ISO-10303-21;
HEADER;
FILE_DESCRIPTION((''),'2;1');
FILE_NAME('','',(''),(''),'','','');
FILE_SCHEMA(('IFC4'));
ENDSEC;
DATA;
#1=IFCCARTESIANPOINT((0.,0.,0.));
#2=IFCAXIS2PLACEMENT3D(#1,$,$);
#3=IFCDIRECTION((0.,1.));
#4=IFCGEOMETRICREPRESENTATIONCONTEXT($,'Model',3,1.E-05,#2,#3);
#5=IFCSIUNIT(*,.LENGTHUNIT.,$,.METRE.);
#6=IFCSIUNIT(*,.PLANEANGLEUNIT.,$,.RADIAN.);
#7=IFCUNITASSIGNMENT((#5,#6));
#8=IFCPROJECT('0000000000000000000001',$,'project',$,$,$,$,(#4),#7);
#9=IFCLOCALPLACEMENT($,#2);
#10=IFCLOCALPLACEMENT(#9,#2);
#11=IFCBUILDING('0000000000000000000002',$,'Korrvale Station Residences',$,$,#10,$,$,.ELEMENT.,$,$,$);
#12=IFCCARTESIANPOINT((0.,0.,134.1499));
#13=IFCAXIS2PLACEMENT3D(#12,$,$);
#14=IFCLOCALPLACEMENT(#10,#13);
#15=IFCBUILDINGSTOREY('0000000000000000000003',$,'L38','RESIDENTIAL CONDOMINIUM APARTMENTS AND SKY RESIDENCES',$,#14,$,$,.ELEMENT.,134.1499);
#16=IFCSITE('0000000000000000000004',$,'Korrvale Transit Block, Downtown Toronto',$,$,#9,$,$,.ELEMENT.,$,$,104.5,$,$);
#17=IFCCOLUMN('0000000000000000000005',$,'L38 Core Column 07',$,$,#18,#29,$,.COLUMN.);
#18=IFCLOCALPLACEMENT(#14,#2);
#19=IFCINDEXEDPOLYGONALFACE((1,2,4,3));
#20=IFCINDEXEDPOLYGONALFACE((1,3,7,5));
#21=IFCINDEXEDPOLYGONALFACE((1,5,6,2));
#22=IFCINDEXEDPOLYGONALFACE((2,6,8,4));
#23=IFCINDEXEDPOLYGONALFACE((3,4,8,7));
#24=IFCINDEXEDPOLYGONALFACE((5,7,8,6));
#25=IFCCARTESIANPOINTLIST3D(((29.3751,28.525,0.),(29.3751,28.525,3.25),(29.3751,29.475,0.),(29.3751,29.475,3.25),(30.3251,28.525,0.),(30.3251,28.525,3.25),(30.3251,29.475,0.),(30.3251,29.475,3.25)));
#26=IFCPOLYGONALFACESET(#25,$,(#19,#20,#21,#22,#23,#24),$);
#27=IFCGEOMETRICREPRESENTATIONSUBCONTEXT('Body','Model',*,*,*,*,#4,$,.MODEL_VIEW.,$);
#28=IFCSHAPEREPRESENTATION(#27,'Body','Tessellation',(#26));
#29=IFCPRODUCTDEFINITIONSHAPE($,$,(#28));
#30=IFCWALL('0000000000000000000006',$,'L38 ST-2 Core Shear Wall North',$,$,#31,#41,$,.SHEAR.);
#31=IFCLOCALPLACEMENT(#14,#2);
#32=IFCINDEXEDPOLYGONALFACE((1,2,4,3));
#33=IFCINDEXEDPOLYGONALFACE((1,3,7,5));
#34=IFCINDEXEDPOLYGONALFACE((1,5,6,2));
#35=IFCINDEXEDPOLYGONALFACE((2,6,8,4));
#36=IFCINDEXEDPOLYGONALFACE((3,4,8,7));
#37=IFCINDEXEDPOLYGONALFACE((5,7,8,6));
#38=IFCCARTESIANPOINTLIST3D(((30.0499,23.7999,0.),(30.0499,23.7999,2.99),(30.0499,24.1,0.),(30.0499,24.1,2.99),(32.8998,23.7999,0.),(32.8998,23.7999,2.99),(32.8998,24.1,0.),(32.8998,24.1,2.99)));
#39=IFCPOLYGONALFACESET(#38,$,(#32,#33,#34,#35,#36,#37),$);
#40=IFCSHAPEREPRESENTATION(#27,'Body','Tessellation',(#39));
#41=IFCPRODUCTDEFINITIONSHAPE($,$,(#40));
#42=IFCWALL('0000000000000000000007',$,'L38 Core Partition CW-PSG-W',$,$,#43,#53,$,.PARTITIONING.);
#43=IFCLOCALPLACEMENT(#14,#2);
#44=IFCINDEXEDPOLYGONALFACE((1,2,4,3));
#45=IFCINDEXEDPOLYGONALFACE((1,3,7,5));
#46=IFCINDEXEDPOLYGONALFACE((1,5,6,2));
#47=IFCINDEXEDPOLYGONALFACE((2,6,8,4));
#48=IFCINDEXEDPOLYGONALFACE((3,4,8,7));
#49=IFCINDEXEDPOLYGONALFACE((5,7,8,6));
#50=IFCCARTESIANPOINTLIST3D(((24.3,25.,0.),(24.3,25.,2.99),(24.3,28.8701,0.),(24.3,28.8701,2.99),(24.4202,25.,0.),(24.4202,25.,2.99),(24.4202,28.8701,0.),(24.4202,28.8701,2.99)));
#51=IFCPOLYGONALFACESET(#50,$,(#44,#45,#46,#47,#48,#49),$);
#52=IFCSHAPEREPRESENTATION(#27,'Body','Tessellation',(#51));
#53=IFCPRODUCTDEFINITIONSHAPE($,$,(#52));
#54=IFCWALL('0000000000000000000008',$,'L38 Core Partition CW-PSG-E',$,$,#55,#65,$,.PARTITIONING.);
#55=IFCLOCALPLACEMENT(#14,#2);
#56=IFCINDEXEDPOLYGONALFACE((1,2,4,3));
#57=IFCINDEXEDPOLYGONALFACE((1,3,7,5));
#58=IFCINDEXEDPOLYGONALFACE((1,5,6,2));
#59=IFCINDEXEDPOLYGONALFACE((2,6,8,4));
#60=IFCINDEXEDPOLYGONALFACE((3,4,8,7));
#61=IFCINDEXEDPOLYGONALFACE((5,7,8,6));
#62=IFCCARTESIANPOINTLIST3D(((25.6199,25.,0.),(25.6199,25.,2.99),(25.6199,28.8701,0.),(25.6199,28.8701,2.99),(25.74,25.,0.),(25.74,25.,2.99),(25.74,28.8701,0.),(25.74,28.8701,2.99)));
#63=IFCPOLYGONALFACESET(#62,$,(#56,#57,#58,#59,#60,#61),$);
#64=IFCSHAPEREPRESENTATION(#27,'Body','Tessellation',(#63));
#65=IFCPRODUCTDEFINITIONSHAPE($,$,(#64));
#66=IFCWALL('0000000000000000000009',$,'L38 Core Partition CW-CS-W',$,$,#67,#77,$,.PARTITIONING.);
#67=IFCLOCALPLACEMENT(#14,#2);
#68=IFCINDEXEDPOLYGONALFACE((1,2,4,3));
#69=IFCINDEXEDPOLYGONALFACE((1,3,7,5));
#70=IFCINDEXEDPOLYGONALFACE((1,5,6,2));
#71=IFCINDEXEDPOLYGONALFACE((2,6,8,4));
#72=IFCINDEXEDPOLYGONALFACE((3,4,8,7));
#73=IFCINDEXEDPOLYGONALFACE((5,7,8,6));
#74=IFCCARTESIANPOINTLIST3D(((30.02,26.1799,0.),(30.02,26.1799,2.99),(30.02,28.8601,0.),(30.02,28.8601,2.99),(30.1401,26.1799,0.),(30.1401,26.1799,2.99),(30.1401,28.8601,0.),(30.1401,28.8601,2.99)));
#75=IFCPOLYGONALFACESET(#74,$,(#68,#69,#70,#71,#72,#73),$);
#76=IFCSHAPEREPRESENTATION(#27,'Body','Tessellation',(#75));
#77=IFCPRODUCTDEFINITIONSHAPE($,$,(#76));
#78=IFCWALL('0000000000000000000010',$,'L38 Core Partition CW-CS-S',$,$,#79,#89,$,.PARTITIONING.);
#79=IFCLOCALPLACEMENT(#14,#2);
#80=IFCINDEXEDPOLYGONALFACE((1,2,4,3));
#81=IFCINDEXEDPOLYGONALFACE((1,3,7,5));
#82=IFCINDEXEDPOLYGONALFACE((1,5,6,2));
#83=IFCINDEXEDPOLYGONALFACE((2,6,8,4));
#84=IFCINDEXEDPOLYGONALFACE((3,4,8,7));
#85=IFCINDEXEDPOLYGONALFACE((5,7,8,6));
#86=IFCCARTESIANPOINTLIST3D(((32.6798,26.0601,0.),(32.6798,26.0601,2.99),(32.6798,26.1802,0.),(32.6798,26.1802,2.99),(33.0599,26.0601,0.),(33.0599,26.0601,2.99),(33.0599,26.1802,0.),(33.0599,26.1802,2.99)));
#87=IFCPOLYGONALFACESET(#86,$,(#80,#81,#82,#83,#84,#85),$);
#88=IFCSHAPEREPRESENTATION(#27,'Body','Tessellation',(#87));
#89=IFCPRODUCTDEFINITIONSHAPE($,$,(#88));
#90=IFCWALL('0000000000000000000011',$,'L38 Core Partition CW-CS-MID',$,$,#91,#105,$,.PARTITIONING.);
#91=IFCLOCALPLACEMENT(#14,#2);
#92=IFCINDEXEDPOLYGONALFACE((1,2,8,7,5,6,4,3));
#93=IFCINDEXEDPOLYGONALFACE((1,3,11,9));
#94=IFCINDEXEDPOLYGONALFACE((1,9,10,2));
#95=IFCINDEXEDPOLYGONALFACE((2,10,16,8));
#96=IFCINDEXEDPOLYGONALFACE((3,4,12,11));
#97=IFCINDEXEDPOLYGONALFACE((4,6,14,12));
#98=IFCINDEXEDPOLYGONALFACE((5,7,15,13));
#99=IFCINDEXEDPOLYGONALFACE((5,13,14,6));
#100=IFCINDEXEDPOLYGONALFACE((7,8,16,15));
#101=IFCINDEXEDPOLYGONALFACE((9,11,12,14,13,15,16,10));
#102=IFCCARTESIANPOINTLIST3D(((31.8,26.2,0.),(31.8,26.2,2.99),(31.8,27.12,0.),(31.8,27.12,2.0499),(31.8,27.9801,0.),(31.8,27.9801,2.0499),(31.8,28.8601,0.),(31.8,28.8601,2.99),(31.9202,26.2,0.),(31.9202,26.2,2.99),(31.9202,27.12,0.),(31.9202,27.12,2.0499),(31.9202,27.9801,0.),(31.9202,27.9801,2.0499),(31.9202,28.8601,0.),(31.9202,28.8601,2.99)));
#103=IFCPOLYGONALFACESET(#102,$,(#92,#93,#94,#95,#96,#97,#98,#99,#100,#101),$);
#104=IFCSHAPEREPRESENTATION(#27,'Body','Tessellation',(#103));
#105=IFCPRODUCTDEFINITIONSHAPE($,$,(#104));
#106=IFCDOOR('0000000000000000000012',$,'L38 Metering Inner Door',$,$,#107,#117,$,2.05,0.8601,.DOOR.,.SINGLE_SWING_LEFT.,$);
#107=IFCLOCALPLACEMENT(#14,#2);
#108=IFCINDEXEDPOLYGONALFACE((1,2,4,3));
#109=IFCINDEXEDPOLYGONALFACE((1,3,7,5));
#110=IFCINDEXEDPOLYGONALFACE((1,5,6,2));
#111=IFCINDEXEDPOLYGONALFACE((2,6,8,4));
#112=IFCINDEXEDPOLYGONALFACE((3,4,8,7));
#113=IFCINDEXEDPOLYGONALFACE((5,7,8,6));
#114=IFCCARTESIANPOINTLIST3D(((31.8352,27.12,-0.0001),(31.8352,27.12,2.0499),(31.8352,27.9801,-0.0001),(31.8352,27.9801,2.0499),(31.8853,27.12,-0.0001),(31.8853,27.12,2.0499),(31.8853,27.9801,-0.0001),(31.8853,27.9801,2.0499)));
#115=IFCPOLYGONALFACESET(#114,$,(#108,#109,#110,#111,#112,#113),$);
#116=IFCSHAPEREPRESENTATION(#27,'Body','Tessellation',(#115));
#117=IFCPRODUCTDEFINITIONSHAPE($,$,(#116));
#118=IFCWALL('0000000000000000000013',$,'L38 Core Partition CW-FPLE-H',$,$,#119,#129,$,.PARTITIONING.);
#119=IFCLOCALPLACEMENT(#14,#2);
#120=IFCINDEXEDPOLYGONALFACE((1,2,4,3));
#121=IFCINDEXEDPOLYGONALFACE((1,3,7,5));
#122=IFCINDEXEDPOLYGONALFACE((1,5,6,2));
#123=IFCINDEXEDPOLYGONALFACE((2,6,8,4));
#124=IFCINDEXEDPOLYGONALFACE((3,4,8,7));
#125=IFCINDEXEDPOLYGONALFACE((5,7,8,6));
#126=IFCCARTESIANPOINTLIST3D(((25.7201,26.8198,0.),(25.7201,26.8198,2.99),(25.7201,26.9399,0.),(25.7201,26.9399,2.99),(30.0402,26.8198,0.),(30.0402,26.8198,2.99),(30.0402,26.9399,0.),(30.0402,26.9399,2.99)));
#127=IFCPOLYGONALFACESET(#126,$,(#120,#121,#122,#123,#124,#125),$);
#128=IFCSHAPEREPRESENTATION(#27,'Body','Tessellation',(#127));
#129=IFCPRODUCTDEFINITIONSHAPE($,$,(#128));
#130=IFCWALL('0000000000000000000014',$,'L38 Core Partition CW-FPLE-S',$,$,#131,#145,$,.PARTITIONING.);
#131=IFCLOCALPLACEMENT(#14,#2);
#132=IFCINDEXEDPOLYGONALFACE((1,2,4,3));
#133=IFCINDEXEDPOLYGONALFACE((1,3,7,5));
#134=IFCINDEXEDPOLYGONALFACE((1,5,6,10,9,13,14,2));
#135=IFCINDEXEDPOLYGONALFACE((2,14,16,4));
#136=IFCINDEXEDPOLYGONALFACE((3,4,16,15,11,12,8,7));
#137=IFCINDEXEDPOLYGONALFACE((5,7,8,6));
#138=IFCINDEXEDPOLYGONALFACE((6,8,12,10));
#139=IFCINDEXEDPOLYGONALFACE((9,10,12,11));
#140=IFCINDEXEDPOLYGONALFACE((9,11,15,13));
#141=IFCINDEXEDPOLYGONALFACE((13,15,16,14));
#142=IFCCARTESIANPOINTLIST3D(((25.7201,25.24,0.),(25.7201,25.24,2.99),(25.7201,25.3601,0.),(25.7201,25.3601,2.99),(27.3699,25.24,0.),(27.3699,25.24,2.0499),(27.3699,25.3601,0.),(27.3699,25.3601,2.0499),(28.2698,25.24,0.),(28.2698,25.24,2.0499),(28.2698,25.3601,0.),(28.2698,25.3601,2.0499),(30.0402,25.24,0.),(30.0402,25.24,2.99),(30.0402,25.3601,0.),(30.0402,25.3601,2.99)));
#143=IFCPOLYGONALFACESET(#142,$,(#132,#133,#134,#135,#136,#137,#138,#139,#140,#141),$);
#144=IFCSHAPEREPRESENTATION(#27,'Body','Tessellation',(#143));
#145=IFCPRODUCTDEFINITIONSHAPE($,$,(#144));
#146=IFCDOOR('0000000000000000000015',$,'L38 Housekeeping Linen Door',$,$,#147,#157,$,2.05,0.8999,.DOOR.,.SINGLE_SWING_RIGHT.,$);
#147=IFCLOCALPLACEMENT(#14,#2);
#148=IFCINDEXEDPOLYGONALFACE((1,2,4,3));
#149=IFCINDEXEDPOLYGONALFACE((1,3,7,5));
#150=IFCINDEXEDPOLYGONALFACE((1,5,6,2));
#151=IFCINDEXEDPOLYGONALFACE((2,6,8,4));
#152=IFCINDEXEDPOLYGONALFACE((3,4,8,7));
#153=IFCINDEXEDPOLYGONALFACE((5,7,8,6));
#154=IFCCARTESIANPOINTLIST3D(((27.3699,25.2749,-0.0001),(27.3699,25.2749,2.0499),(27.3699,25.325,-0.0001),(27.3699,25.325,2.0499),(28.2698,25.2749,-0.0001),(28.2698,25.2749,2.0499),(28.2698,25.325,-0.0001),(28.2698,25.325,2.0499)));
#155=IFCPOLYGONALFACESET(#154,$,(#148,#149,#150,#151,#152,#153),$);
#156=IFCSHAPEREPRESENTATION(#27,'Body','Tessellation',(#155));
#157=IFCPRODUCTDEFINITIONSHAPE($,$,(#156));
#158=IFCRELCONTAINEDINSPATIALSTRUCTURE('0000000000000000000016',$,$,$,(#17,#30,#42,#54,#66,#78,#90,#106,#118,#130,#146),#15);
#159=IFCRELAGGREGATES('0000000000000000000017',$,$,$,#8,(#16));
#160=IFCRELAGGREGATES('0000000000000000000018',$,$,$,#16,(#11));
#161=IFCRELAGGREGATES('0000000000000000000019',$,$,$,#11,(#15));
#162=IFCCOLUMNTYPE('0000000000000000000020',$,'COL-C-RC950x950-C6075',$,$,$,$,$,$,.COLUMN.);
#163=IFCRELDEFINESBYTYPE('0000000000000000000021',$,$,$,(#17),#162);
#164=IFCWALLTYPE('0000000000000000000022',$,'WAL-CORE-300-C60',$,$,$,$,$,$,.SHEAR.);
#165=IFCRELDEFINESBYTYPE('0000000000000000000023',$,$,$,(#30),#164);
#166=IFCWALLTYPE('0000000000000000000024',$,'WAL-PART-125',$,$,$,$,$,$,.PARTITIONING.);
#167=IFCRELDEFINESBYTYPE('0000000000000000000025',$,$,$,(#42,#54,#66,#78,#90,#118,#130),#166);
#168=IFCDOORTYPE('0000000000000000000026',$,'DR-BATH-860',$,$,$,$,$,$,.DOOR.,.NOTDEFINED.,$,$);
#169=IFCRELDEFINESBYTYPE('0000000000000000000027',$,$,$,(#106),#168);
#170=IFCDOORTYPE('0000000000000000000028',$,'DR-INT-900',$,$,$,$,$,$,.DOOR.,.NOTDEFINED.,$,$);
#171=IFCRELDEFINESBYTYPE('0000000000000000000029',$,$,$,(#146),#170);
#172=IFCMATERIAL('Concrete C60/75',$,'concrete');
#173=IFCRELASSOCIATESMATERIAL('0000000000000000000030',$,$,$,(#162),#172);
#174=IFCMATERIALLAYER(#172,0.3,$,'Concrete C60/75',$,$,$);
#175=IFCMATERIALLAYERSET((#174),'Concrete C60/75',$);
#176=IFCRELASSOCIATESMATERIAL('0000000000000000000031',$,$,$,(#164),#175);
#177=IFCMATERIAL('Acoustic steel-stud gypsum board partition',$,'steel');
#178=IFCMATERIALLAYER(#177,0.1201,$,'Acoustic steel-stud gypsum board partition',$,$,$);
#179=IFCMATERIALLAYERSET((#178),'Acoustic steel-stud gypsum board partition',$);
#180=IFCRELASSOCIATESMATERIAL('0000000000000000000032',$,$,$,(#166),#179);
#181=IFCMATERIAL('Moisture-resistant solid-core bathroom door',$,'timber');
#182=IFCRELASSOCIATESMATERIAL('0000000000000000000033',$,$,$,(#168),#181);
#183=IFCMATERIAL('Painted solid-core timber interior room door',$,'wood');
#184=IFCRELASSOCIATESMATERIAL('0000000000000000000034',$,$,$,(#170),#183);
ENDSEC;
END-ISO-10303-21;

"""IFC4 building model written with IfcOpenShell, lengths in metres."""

from ifc_helpers import new_model, si_unit, direction, frame, frame_2d, origin, origin_2d, place, context, subcontext, project, spatial, rectangle, extrude, material, layer, layer_set, material_profile, profile_set, type_object, element, fill, save


model = new_model("IFC4")

# Units and contexts
model_context = context("Model", 3, precision=1e-05, world=origin(), true_north=direction((0.0, 1.0)))
body_context = subcontext(model_context, "Body", "Model", "MODEL_VIEW")
ifc_project = project(units=[si_unit("LENGTHUNIT", "METRE"), si_unit("PLANEANGLEUNIT", "RADIAN")], contexts=[model_context])

# Site, building, storey
site_placement = place(None, origin())
site = spatial("IfcSite", under=ifc_project, at=site_placement, Name="Korrvale Transit Block, Downtown Toronto", CompositionType="ELEMENT", RefElevation=104.5)
building_placement = place(site_placement, origin())
building = spatial("IfcBuilding", under=site, at=building_placement, Name="Korrvale Station Residences", CompositionType="ELEMENT")
storey_placement = place(building_placement, frame((0.0, 0.0, 134.1499)))
storey = spatial("IfcBuildingStorey", under=building, at=storey_placement, Name="L38", Description="RESIDENTIAL CONDOMINIUM APARTMENTS AND SKY RESIDENCES", CompositionType="ELEMENT", Elevation=134.1499)

# Column
ifc_material_1 = material(Name="Concrete C60/75", Category="concrete")
ifc_material_profile = material_profile(ifc_material_1, rectangle(XDim=0.95, YDim=0.95, at=origin_2d()), Name="RC950x950")
ifc_profile_set = profile_set([ifc_material_profile], Name="Concrete C60/75")
column_type = type_object("IfcColumnType", Name="COL-C-RC950x950-C6075", PredefinedType="COLUMN", material=ifc_profile_set)
column_placement = place(storey_placement, frame((29.8501, 29.0, 0.0), z_axis=(0.0, 0.0, 1.0), x_axis=(1.0, 0.0, 0.0)))
element("IfcColumn", 1, at=column_placement, inside=storey, type_object=column_type, Name="L38 Core Column 07", PredefinedType="COLUMN", context=body_context, shape_type="SweptSolid", body=[
    extrude(rectangle(XDim=0.95, YDim=0.95, at=origin_2d()), origin(), (0.0, 0.0, 1.0), 3.25),
])

# Walls
ifc_layer_1 = layer(ifc_material_1, 0.3, Name="Concrete C60/75")
ifc_layer_set_1 = layer_set([ifc_layer_1], Name="Concrete C60/75")
wall_type_1 = type_object("IfcWallType", Name="WAL-CORE-300-C60", PredefinedType="SHEAR", material=ifc_layer_set_1)
wall_1_placement = place(storey_placement, frame((30.05, 23.95, 0.0), z_axis=(0.0, 0.0, 1.0), x_axis=(1.0, 0.0, 0.0)))
element("IfcWall", 2, at=wall_1_placement, inside=storey, type_object=wall_type_1, Name="L38 ST-2 Core Shear Wall North", PredefinedType="SHEAR", context=body_context, shape_type="SweptSolid", body=[
    extrude(rectangle(XDim=2.8499, YDim=0.3, at=frame_2d((1.4248, 0.0))), origin(), (0.0, 0.0, 1.0), 2.99),
])
ifc_material_2 = material(Name="Acoustic steel-stud gypsum board partition", Category="steel")
ifc_layer_2 = layer(ifc_material_2, 0.1201, Name="Acoustic steel-stud gypsum board partition")
ifc_layer_set_2 = layer_set([ifc_layer_2], Name="Acoustic steel-stud gypsum board partition")
wall_type_2 = type_object("IfcWallType", Name="WAL-PART-125", PredefinedType="PARTITIONING", material=ifc_layer_set_2)
for number, where, z_axis, x_axis, name in (
    (3, (24.3601, 25.0, 0.0), (0.0, 0.0, 1.0), (0.0, 1.0, 0.0), "L38 Core Partition CW-PSG-W"),
    (4, (25.6799, 25.0, 0.0), (0.0, 0.0, 1.0), (0.0, 1.0, 0.0), "L38 Core Partition CW-PSG-E"),
):
    element("IfcWall", number, at=place(storey_placement, frame(where, z_axis=z_axis, x_axis=x_axis)), inside=storey, type_object=wall_type_2, Name=name, PredefinedType="PARTITIONING", context=body_context, shape_type="SweptSolid", body=[
        extrude(rectangle(XDim=3.8701, YDim=0.1201, at=frame_2d((1.9351, 0.0))), origin(), (0.0, 0.0, 1.0), 2.99),
    ])
wall_2_placement = place(storey_placement, frame((30.0801, 26.1799, 0.0), z_axis=(0.0, 0.0, 1.0), x_axis=(0.0, 1.0, 0.0)))
element("IfcWall", 5, at=wall_2_placement, inside=storey, type_object=wall_type_2, Name="L38 Core Partition CW-CS-W", PredefinedType="PARTITIONING", context=body_context, shape_type="SweptSolid", body=[
    extrude(rectangle(XDim=2.6802, YDim=0.1201, at=frame_2d((1.3401, 0.0))), origin(), (0.0, 0.0, 1.0), 2.99),
])
wall_3_placement = place(storey_placement, frame((32.6799, 26.1201, 0.0), z_axis=(0.0, 0.0, 1.0), x_axis=(1.0, 0.0, 0.0)))
element("IfcWall", 6, at=wall_3_placement, inside=storey, type_object=wall_type_2, Name="L38 Core Partition CW-CS-S", PredefinedType="PARTITIONING", context=body_context, shape_type="SweptSolid", body=[
    extrude(rectangle(XDim=0.3801, YDim=0.1201, at=frame_2d((0.1899, 0.0))), origin(), (0.0, 0.0, 1.0), 2.99),
])

# Wall, opening, door
wall_4_placement = place(storey_placement, frame((31.8601, 26.2, 0.0), z_axis=(0.0, 0.0, 1.0), x_axis=(0.0, 1.0, 0.0)))
wall_4 = element("IfcWall", 7, at=wall_4_placement, inside=storey, type_object=wall_type_2, Name="L38 Core Partition CW-CS-MID", PredefinedType="PARTITIONING", context=body_context, shape_type="SweptSolid", body=[
    extrude(rectangle(XDim=2.6602, YDim=0.1201, at=frame_2d((1.3301, 0.0))), origin(), (0.0, 0.0, 1.0), 2.99),
])
opening_1_placement = place(wall_4_placement, frame((0.9199, 0.0, 0.0)))
opening_1 = element("IfcOpeningElement", 8, at=opening_1_placement, cuts=wall_4, PredefinedType="OPENING", context=body_context, shape_type="SweptSolid", body=[
    extrude(rectangle(XDim=0.8601, YDim=2.05, at=frame_2d((0.4302, 1.0249))), frame((0.0, 0.0701, 0.0), z_axis=(0.0, -1.0, 0.0), x_axis=(1.0, 0.0, 0.0)), (0.0, 0.0, 1.0), 0.1401),
])
ifc_material_3 = material(Name="Moisture-resistant solid-core bathroom door", Category="timber")
door_type_1 = type_object("IfcDoorType", Name="DR-BATH-860", OperationType="NOTDEFINED", PredefinedType="DOOR", material=ifc_material_3)
door_1_placement = place(opening_1_placement, origin())
door_1 = element("IfcDoor", 9, at=door_1_placement, inside=storey, type_object=door_type_1, Name="L38 Metering Inner Door", OperationType="SINGLE_SWING_LEFT", OverallHeight=2.05, OverallWidth=0.8601, PredefinedType="DOOR", context=body_context, shape_type="SweptSolid", body=[
    extrude(rectangle(XDim=0.8601, YDim=2.05, at=frame_2d((0.4302, 1.0249))), frame((0.0, 0.0249, 0.0), z_axis=(0.0, -1.0, 0.0), x_axis=(1.0, 0.0, 0.0)), (0.0, 0.0, 1.0), 0.05),
])
fill(opening_1, door_1)

# Wall
wall_5_placement = place(storey_placement, frame((25.72, 26.8799, 0.0), z_axis=(0.0, 0.0, 1.0), x_axis=(1.0, 0.0, 0.0)))
element("IfcWall", 10, at=wall_5_placement, inside=storey, type_object=wall_type_2, Name="L38 Core Partition CW-FPLE-H", PredefinedType="PARTITIONING", context=body_context, shape_type="SweptSolid", body=[
    extrude(rectangle(XDim=4.3201, YDim=0.1201, at=frame_2d((2.1602, 0.0))), origin(), (0.0, 0.0, 1.0), 2.99),
])

# Wall, opening, door
wall_6_placement = place(storey_placement, frame((25.72, 25.3, 0.0), z_axis=(0.0, 0.0, 1.0), x_axis=(1.0, 0.0, 0.0)))
wall_6 = element("IfcWall", 11, at=wall_6_placement, inside=storey, type_object=wall_type_2, Name="L38 Core Partition CW-FPLE-S", PredefinedType="PARTITIONING", context=body_context, shape_type="SweptSolid", body=[
    extrude(rectangle(XDim=4.3201, YDim=0.1201, at=frame_2d((2.1602, 0.0))), origin(), (0.0, 0.0, 1.0), 2.99),
])
opening_2_placement = place(wall_6_placement, frame((1.6499, 0.0, 0.0)))
opening_2 = element("IfcOpeningElement", 12, at=opening_2_placement, cuts=wall_6, PredefinedType="OPENING", context=body_context, shape_type="SweptSolid", body=[
    extrude(rectangle(XDim=0.8999, YDim=2.05, at=frame_2d((0.45, 1.0249))), frame((0.0, 0.0701, 0.0), z_axis=(0.0, -1.0, 0.0), x_axis=(1.0, 0.0, 0.0)), (0.0, 0.0, 1.0), 0.1401),
])
ifc_material_4 = material(Name="Painted solid-core timber interior room door", Category="wood")
door_type_2 = type_object("IfcDoorType", Name="DR-INT-900", OperationType="NOTDEFINED", PredefinedType="DOOR", material=ifc_material_4)
door_2_placement = place(opening_2_placement, origin())
door_2 = element("IfcDoor", 13, at=door_2_placement, inside=storey, type_object=door_type_2, Name="L38 Housekeeping Linen Door", OperationType="SINGLE_SWING_RIGHT", OverallHeight=2.05, OverallWidth=0.8999, PredefinedType="DOOR", context=body_context, shape_type="SweptSolid", body=[
    extrude(rectangle(XDim=0.8999, YDim=2.05, at=frame_2d((0.45, 1.0249))), frame((0.0, 0.0249, 0.0), z_axis=(0.0, -1.0, 0.0), x_axis=(1.0, 0.0, 0.0)), (0.0, 0.0, 1.0), 0.05),
])
fill(opening_2, door_2)

save(model, "model.ifc")
